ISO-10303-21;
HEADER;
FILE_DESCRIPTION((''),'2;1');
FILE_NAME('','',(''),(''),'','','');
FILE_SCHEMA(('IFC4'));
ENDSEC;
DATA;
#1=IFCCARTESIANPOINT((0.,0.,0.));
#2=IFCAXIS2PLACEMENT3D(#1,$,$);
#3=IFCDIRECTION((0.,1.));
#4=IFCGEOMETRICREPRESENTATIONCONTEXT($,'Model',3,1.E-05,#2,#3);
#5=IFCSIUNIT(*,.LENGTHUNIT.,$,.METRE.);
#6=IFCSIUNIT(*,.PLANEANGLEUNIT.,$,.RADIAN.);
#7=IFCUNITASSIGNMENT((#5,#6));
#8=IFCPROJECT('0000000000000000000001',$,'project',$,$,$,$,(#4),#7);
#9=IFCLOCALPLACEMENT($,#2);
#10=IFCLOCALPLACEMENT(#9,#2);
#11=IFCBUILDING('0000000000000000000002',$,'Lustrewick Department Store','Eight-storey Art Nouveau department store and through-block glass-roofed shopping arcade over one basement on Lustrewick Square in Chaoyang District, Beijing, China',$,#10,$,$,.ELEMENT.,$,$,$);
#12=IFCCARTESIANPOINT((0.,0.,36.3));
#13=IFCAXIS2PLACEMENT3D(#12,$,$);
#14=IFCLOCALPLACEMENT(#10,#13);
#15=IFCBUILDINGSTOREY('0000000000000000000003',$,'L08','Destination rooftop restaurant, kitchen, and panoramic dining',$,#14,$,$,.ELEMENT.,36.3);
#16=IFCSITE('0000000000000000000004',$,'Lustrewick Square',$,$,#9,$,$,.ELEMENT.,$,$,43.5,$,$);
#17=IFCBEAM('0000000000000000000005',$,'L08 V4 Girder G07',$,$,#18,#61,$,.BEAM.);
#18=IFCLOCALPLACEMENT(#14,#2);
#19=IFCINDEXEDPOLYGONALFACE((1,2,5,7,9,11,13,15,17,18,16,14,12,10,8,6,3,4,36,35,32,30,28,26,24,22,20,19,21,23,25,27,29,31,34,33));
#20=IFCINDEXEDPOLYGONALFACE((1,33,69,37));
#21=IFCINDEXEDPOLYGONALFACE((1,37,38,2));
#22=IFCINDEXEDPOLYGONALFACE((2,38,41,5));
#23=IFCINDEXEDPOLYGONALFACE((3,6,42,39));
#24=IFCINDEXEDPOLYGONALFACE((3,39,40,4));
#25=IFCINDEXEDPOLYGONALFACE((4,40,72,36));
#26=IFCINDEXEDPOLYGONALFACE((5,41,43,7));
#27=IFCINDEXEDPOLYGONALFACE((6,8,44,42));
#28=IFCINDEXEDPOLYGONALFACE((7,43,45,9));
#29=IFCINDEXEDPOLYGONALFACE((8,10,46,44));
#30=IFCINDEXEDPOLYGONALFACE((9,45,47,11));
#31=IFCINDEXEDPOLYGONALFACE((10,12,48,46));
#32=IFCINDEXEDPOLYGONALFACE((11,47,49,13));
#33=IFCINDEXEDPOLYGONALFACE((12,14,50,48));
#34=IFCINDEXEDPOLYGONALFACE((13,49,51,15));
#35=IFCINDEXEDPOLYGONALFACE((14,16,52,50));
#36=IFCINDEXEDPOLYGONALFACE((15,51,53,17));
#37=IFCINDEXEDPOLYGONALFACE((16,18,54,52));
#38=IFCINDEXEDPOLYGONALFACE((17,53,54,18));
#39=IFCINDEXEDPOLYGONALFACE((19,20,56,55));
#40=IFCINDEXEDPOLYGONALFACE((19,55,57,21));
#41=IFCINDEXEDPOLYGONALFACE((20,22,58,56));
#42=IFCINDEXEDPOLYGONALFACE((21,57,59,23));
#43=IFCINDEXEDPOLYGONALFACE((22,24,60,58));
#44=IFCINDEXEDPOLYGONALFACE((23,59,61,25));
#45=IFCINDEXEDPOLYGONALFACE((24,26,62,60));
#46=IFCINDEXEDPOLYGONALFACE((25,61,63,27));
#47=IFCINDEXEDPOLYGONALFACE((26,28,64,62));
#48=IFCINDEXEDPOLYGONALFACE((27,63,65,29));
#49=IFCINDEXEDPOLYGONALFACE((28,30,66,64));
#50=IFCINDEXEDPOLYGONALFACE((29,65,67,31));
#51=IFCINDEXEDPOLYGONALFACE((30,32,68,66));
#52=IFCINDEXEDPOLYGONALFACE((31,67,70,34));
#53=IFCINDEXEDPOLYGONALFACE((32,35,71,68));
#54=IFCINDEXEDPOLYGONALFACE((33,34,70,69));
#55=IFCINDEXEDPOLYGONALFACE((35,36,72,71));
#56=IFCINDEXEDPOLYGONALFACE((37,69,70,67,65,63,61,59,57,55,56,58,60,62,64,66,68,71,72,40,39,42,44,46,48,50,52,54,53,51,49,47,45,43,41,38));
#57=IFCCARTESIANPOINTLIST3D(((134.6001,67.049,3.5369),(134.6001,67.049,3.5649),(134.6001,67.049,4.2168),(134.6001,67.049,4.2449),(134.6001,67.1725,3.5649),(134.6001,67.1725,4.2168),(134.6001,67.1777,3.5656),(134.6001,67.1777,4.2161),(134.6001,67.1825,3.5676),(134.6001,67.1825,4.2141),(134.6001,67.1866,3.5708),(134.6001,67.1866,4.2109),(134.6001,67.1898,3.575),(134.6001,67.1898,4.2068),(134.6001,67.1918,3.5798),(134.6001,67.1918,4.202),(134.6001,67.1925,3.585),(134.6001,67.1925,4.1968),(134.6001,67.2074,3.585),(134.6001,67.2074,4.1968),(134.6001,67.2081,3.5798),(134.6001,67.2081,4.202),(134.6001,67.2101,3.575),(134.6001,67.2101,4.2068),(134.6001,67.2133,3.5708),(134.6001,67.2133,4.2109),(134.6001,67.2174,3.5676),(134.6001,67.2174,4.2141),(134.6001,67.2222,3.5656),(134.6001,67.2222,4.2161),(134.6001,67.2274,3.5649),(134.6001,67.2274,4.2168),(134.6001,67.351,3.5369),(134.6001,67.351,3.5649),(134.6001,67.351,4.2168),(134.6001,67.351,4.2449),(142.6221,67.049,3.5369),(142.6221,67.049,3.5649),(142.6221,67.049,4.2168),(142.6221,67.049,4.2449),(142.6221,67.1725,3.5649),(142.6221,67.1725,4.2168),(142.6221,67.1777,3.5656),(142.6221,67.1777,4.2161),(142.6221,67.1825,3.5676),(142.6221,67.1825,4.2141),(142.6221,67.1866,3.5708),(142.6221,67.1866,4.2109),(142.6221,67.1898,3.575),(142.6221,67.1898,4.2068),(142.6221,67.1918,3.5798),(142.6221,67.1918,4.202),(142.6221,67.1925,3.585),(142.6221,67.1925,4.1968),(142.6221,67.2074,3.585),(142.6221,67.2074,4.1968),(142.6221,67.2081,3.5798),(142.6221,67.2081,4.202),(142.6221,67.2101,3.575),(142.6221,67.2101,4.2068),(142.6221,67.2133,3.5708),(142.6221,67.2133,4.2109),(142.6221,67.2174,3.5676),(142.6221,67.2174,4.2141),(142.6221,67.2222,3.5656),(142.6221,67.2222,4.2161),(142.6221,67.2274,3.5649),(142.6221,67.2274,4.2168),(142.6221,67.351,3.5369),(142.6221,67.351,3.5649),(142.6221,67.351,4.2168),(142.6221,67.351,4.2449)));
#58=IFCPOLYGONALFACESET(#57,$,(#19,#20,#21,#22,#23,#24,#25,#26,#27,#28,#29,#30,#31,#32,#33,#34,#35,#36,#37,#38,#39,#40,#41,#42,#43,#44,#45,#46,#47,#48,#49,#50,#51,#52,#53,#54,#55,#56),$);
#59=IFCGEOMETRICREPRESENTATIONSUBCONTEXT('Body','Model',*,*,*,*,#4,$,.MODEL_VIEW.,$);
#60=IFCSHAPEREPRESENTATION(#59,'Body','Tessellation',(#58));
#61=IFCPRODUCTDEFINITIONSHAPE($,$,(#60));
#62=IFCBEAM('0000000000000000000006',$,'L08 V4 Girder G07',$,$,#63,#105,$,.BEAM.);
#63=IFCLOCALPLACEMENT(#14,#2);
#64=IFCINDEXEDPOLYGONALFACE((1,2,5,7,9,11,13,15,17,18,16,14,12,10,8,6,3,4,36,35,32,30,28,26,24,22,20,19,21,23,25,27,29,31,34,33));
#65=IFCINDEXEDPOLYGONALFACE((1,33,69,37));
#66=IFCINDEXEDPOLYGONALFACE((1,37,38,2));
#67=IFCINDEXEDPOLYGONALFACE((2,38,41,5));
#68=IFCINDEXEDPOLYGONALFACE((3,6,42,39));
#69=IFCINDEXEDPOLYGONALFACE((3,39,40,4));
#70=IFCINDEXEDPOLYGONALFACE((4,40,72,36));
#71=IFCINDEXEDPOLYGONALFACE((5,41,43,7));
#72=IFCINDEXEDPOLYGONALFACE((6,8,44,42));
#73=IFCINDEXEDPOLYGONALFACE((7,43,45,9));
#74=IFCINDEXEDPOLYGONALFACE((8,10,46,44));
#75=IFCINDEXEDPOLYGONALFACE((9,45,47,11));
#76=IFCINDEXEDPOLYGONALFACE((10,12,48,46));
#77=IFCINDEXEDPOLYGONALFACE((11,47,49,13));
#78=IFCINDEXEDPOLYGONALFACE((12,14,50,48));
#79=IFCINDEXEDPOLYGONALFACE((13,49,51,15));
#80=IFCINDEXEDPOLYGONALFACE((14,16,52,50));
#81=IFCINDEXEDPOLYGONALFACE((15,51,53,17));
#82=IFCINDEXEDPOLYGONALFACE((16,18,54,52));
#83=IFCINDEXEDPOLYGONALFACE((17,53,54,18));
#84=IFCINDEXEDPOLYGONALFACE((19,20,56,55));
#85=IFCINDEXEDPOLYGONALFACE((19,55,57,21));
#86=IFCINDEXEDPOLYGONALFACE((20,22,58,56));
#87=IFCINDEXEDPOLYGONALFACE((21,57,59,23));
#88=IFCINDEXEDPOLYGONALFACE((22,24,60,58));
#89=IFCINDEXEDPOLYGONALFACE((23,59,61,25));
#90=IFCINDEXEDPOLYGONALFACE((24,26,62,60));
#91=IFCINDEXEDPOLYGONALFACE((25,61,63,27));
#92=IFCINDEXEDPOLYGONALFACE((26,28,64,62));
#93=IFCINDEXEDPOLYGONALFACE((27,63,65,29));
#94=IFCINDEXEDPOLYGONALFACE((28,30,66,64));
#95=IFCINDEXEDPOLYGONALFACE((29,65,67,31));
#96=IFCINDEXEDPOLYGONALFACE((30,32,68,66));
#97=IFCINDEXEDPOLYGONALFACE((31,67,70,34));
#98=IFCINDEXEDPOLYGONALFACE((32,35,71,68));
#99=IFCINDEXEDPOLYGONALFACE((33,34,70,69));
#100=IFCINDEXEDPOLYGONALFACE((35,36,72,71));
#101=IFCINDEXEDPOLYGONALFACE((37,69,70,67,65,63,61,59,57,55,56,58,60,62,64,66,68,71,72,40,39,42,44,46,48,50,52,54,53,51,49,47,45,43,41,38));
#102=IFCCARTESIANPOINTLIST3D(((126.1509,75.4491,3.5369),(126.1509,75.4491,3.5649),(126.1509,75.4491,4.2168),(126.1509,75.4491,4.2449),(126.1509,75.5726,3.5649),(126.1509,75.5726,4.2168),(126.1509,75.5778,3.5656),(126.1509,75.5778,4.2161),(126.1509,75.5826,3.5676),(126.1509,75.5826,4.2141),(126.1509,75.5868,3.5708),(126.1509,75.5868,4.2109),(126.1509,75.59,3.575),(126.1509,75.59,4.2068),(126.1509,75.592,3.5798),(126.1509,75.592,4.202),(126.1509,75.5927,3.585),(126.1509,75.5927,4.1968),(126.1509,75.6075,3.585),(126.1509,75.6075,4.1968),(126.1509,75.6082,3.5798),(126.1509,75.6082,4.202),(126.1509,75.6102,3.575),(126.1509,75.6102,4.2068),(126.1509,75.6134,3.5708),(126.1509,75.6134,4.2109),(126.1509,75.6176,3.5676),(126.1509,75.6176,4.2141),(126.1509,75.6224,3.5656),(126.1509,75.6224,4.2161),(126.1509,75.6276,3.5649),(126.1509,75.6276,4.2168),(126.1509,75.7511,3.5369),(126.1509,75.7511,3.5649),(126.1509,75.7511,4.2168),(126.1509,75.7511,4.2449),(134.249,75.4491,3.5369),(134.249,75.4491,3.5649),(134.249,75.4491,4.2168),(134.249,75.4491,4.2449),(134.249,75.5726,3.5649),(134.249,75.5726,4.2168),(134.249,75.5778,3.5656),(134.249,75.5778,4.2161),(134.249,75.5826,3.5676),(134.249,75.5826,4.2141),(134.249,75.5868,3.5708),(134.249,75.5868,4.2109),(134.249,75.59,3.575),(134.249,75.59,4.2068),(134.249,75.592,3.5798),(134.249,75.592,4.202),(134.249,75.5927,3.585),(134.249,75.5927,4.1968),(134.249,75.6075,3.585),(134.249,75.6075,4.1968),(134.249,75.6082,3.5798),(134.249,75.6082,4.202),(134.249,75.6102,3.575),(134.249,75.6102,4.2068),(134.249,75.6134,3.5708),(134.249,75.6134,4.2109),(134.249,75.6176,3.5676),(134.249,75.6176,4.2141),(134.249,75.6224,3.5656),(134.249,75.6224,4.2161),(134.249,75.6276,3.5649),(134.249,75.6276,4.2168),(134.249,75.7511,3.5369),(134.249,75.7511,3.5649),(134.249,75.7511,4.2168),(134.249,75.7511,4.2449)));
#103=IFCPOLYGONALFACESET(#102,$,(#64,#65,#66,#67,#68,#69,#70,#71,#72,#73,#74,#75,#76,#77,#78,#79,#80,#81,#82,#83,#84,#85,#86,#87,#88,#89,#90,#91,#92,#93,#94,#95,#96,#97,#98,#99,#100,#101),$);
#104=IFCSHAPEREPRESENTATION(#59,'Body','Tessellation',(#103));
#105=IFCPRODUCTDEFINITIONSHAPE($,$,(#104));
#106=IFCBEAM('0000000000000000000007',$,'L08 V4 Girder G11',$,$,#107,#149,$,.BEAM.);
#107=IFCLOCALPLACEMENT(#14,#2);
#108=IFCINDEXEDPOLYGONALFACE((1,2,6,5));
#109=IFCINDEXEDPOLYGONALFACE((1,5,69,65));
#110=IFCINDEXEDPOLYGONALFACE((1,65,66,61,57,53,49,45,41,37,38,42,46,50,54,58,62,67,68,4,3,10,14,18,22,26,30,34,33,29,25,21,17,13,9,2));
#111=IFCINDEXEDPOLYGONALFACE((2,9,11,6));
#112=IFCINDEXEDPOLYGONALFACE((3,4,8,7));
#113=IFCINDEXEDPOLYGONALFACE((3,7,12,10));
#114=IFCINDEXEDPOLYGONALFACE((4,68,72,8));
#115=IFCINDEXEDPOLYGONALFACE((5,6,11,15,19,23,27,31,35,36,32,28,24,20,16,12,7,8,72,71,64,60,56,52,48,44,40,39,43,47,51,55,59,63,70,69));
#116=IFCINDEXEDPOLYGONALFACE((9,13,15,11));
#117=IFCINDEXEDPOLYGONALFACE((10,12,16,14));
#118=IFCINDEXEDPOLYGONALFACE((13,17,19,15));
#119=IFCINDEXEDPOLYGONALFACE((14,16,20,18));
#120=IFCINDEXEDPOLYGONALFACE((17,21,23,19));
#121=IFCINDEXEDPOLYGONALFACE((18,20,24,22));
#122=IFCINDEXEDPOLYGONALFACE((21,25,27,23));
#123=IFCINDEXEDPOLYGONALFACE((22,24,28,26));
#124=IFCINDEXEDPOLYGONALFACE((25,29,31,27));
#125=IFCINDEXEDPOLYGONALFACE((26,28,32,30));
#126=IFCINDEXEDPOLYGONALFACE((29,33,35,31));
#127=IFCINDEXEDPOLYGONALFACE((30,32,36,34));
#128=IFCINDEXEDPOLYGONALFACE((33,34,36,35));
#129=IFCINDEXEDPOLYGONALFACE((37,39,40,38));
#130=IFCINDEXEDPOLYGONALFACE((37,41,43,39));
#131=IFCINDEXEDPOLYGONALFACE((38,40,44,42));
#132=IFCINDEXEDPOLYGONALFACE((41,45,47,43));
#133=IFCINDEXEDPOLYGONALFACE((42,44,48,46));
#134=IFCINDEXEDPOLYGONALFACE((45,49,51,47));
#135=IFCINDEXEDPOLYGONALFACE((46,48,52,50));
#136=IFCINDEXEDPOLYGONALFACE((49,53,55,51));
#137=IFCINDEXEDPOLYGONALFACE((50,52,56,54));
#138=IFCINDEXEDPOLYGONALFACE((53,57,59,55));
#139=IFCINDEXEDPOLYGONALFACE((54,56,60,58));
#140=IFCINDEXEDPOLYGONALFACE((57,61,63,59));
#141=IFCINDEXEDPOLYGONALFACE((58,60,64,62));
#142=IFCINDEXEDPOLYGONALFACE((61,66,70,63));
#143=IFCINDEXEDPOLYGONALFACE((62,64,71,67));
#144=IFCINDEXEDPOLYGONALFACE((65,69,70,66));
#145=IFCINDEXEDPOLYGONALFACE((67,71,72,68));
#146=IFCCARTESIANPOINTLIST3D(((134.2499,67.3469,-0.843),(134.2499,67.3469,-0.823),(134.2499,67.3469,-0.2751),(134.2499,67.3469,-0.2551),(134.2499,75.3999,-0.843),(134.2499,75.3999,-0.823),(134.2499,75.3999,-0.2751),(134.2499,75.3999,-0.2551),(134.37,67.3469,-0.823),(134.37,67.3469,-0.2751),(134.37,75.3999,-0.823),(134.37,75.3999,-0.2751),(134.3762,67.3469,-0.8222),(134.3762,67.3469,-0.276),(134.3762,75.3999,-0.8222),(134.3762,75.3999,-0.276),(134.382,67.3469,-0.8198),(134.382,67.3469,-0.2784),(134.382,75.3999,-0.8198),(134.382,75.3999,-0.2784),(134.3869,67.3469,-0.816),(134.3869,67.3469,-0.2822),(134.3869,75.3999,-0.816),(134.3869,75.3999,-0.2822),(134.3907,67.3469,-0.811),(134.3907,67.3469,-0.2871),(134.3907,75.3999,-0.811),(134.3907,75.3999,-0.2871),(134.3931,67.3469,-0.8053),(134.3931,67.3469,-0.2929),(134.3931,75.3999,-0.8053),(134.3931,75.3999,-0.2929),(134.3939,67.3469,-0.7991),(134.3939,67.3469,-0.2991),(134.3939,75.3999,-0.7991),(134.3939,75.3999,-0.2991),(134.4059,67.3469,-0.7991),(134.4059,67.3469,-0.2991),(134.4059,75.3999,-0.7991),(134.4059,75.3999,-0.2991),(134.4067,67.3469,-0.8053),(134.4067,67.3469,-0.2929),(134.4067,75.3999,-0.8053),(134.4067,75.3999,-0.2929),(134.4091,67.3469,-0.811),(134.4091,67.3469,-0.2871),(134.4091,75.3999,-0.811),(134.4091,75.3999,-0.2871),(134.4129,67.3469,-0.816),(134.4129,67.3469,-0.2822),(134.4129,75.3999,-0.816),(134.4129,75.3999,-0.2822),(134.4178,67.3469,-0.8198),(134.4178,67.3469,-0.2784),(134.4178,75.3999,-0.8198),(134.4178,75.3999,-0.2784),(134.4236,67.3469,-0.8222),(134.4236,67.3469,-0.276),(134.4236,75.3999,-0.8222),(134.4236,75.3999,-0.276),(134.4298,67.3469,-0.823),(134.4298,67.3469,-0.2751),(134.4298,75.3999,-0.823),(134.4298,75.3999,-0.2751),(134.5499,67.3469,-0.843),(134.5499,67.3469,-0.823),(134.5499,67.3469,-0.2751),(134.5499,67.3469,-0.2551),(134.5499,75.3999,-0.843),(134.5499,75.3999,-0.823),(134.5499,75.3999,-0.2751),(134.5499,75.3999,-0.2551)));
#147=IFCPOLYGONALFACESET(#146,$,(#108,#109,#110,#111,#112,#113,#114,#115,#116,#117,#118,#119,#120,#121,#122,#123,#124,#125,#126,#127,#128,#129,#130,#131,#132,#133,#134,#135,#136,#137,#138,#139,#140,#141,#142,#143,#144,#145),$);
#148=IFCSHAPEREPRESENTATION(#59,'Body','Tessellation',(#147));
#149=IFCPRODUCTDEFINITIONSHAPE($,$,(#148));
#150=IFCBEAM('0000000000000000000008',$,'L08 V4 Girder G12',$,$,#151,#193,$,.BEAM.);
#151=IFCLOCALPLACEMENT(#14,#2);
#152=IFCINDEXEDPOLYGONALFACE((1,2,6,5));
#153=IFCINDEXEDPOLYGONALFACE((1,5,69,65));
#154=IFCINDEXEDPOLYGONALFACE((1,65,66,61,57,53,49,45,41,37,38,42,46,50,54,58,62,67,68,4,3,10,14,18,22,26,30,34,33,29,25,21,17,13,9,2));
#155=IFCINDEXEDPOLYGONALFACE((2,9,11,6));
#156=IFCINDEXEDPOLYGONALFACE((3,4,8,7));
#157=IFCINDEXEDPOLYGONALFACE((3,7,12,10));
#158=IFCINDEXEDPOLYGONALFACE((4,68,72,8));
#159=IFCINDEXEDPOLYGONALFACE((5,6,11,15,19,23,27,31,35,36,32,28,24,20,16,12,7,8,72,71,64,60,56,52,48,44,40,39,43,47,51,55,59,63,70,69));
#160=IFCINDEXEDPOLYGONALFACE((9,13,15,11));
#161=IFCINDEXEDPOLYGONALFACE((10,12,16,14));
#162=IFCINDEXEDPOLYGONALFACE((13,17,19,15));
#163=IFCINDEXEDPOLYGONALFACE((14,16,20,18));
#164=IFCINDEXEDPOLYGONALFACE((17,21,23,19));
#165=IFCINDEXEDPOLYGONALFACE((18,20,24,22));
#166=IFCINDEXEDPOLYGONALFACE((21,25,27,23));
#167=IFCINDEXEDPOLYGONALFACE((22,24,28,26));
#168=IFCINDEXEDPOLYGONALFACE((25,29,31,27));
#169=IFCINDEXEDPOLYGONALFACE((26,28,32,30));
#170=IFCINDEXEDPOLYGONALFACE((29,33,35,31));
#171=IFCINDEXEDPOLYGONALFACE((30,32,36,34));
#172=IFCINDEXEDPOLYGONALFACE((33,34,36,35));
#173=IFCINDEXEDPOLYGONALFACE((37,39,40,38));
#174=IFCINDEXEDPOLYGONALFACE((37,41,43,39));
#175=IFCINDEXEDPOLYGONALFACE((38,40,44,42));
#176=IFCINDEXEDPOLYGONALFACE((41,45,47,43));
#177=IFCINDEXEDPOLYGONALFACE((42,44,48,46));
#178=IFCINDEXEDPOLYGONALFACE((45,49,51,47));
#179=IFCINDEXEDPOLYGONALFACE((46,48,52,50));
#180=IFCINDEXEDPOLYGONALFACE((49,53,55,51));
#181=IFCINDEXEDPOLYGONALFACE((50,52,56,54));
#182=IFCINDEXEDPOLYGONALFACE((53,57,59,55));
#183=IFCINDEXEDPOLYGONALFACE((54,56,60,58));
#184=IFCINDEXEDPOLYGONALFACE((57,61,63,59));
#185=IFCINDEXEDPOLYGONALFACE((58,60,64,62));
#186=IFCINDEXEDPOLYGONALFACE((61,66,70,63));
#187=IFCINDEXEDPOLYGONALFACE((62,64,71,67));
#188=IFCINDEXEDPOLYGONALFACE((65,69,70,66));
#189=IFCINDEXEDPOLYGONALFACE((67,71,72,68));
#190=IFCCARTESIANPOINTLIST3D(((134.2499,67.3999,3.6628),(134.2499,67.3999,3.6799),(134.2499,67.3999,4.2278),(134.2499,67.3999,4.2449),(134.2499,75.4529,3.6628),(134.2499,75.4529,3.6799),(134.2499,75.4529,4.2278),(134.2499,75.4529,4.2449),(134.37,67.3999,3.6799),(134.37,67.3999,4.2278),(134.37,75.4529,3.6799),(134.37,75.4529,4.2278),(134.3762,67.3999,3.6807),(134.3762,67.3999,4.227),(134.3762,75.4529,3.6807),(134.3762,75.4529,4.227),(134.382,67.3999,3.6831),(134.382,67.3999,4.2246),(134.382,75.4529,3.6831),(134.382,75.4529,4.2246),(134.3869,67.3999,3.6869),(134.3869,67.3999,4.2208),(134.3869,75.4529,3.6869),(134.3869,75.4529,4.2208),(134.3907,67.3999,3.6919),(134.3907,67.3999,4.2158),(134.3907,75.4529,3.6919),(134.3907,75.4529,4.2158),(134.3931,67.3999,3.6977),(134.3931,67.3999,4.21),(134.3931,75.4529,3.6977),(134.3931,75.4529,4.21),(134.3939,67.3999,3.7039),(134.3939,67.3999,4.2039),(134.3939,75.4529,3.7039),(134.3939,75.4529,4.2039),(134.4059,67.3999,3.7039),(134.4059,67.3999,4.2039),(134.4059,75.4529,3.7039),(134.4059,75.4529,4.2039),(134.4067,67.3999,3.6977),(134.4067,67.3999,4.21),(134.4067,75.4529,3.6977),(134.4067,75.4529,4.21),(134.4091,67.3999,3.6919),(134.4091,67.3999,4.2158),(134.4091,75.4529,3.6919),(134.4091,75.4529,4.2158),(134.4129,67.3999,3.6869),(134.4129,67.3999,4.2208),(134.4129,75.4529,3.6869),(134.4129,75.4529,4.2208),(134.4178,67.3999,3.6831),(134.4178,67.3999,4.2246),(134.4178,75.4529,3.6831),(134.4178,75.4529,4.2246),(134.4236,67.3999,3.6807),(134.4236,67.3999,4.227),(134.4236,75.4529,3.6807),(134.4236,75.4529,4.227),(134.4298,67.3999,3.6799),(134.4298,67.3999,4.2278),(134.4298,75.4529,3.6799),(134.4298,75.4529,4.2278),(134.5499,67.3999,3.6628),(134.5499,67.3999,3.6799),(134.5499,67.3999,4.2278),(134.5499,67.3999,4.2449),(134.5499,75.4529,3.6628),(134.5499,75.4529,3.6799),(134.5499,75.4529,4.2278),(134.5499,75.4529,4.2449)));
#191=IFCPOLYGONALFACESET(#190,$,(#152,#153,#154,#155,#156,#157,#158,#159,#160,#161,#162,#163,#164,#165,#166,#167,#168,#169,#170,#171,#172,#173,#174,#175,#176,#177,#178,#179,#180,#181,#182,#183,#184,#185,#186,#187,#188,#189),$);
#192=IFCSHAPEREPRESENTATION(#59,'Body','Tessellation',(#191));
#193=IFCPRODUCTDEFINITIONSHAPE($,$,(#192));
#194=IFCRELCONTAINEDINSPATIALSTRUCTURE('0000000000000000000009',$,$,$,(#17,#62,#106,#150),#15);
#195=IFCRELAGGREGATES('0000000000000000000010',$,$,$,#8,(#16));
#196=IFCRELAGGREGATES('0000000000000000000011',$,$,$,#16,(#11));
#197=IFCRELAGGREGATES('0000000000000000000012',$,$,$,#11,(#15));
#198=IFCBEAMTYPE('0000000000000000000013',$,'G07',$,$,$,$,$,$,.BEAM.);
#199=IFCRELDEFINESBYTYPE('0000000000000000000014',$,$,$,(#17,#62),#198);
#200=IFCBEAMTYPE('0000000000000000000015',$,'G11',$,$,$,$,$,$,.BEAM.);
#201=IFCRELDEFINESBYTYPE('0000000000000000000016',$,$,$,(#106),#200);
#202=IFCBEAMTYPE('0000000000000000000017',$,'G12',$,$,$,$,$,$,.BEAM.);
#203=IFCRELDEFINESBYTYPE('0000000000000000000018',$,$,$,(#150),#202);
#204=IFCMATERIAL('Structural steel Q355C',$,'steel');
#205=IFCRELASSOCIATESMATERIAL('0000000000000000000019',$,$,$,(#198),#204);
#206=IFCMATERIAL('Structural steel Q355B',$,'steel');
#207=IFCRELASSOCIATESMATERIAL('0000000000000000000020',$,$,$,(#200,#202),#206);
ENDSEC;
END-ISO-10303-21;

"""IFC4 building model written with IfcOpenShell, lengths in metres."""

from ifc_helpers import new_model, si_unit, direction, frame, origin, origin_2d, place, context, subcontext, project, spatial, i_section, extrude, material, material_profile, profile_set, type_object, element, save


model = new_model("IFC4")

# Units and contexts
model_context = context("Model", 3, precision=1e-05, world=origin(), true_north=direction((0.0, 1.0)))
body_context = subcontext(model_context, "Body", "Model", "MODEL_VIEW")
ifc_project = project(units=[si_unit("LENGTHUNIT", "METRE"), si_unit("PLANEANGLEUNIT", "RADIAN")], contexts=[model_context])

# Site, building, storey
site_placement = place(None, origin())
site = spatial("IfcSite", under=ifc_project, at=site_placement, Name="Lustrewick Square", CompositionType="ELEMENT", RefElevation=43.5)
building_placement = place(site_placement, origin())
building = spatial("IfcBuilding", under=site, at=building_placement, Name="Lustrewick Department Store", Description="Eight-storey Art Nouveau department store and through-block glass-roofed shopping arcade over one basement on Lustrewick Square in Chaoyang District, Beijing, China", CompositionType="ELEMENT")
storey_placement = place(building_placement, frame((0.0, 0.0, 36.3)))
storey = spatial("IfcBuildingStorey", under=building, at=storey_placement, Name="L08", Description="Destination rooftop restaurant, kitchen, and panoramic dining", CompositionType="ELEMENT", Elevation=36.3)

# Shared definitions
ifc_material_1 = material(Name="Structural steel Q355B", Category="steel")

# Beams
ifc_material_2 = material(Name="Structural steel Q355C", Category="steel")
ifc_material_profile_1 = material_profile(ifc_material_2, i_section(OverallWidth=0.302, OverallDepth=0.708, WebThickness=0.0149, FlangeThickness=0.0281, FilletRadius=0.02, at=origin_2d()), Name="HN 708x302x15x28")
ifc_profile_set_1 = profile_set([ifc_material_profile_1], Name="Structural steel Q355C")
beam_type_1 = type_object("IfcBeamType", Name="G07", PredefinedType="BEAM", material=ifc_profile_set_1)
beam_1_placement = place(storey_placement, frame((134.6001, 67.2, 3.8909), z_axis=(1.0, 0.0, 0.0), x_axis=(0.0, 1.0, 0.0)))
element("IfcBeam", 1, at=beam_1_placement, inside=storey, type_object=beam_type_1, Name="L08 V4 Girder G07", PredefinedType="BEAM", context=body_context, shape_type="SweptSolid", body=[
    extrude(i_section(OverallWidth=0.302, OverallDepth=0.708, WebThickness=0.0149, FlangeThickness=0.0281, FilletRadius=0.02, at=origin_2d()), origin(), (0.0, 0.0, 1.0), 8.022),
])
beam_2_placement = place(storey_placement, frame((126.1509, 75.6001, 3.8909), z_axis=(1.0, 0.0, 0.0), x_axis=(0.0, 1.0, 0.0)))
element("IfcBeam", 2, at=beam_2_placement, inside=storey, type_object=beam_type_1, Name="L08 V4 Girder G07", PredefinedType="BEAM", context=body_context, shape_type="SweptSolid", body=[
    extrude(i_section(OverallWidth=0.302, OverallDepth=0.708, WebThickness=0.0149, FlangeThickness=0.0281, FilletRadius=0.02, at=origin_2d()), origin(), (0.0, 0.0, 1.0), 8.0981),
])
ifc_material_profile_2 = material_profile(ifc_material_1, i_section(OverallWidth=0.3, OverallDepth=0.5879, WebThickness=0.012, FlangeThickness=0.02, FilletRadius=0.0239, at=origin_2d()), Name="HM 588x300x12x20")
ifc_profile_set_2 = profile_set([ifc_material_profile_2], Name="Structural steel Q355B")
beam_type_2 = type_object("IfcBeamType", Name="G11", PredefinedType="BEAM", material=ifc_profile_set_2)
beam_3_placement = place(storey_placement, frame((134.3999, 67.3469, -0.5491), z_axis=(0.0, 1.0, 0.0), x_axis=(-1.0, 0.0, 0.0)))
element("IfcBeam", 3, at=beam_3_placement, inside=storey, type_object=beam_type_2, Name="L08 V4 Girder G11", PredefinedType="BEAM", context=body_context, shape_type="SweptSolid", body=[
    extrude(i_section(OverallWidth=0.3, OverallDepth=0.5879, WebThickness=0.012, FlangeThickness=0.02, FilletRadius=0.0239, at=origin_2d()), origin(), (0.0, 0.0, 1.0), 8.053),
])
ifc_material_profile_3 = material_profile(ifc_material_1, i_section(OverallWidth=0.3, OverallDepth=0.582, WebThickness=0.012, FlangeThickness=0.0171, FilletRadius=0.0239, at=origin_2d()), Name="HM 582x300x12x17")
ifc_profile_set_3 = profile_set([ifc_material_profile_3], Name="Structural steel Q355B")
beam_type_3 = type_object("IfcBeamType", Name="G12", PredefinedType="BEAM", material=ifc_profile_set_3)
beam_4_placement = place(storey_placement, frame((134.3999, 67.3999, 3.9539), z_axis=(0.0, 1.0, 0.0), x_axis=(-1.0, 0.0, 0.0)))
element("IfcBeam", 4, at=beam_4_placement, inside=storey, type_object=beam_type_3, Name="L08 V4 Girder G12", PredefinedType="BEAM", context=body_context, shape_type="SweptSolid", body=[
    extrude(i_section(OverallWidth=0.3, OverallDepth=0.582, WebThickness=0.012, FlangeThickness=0.0171, FilletRadius=0.0239, at=origin_2d()), origin(), (0.0, 0.0, 1.0), 8.053),
])

save(model, "model.ifc")
